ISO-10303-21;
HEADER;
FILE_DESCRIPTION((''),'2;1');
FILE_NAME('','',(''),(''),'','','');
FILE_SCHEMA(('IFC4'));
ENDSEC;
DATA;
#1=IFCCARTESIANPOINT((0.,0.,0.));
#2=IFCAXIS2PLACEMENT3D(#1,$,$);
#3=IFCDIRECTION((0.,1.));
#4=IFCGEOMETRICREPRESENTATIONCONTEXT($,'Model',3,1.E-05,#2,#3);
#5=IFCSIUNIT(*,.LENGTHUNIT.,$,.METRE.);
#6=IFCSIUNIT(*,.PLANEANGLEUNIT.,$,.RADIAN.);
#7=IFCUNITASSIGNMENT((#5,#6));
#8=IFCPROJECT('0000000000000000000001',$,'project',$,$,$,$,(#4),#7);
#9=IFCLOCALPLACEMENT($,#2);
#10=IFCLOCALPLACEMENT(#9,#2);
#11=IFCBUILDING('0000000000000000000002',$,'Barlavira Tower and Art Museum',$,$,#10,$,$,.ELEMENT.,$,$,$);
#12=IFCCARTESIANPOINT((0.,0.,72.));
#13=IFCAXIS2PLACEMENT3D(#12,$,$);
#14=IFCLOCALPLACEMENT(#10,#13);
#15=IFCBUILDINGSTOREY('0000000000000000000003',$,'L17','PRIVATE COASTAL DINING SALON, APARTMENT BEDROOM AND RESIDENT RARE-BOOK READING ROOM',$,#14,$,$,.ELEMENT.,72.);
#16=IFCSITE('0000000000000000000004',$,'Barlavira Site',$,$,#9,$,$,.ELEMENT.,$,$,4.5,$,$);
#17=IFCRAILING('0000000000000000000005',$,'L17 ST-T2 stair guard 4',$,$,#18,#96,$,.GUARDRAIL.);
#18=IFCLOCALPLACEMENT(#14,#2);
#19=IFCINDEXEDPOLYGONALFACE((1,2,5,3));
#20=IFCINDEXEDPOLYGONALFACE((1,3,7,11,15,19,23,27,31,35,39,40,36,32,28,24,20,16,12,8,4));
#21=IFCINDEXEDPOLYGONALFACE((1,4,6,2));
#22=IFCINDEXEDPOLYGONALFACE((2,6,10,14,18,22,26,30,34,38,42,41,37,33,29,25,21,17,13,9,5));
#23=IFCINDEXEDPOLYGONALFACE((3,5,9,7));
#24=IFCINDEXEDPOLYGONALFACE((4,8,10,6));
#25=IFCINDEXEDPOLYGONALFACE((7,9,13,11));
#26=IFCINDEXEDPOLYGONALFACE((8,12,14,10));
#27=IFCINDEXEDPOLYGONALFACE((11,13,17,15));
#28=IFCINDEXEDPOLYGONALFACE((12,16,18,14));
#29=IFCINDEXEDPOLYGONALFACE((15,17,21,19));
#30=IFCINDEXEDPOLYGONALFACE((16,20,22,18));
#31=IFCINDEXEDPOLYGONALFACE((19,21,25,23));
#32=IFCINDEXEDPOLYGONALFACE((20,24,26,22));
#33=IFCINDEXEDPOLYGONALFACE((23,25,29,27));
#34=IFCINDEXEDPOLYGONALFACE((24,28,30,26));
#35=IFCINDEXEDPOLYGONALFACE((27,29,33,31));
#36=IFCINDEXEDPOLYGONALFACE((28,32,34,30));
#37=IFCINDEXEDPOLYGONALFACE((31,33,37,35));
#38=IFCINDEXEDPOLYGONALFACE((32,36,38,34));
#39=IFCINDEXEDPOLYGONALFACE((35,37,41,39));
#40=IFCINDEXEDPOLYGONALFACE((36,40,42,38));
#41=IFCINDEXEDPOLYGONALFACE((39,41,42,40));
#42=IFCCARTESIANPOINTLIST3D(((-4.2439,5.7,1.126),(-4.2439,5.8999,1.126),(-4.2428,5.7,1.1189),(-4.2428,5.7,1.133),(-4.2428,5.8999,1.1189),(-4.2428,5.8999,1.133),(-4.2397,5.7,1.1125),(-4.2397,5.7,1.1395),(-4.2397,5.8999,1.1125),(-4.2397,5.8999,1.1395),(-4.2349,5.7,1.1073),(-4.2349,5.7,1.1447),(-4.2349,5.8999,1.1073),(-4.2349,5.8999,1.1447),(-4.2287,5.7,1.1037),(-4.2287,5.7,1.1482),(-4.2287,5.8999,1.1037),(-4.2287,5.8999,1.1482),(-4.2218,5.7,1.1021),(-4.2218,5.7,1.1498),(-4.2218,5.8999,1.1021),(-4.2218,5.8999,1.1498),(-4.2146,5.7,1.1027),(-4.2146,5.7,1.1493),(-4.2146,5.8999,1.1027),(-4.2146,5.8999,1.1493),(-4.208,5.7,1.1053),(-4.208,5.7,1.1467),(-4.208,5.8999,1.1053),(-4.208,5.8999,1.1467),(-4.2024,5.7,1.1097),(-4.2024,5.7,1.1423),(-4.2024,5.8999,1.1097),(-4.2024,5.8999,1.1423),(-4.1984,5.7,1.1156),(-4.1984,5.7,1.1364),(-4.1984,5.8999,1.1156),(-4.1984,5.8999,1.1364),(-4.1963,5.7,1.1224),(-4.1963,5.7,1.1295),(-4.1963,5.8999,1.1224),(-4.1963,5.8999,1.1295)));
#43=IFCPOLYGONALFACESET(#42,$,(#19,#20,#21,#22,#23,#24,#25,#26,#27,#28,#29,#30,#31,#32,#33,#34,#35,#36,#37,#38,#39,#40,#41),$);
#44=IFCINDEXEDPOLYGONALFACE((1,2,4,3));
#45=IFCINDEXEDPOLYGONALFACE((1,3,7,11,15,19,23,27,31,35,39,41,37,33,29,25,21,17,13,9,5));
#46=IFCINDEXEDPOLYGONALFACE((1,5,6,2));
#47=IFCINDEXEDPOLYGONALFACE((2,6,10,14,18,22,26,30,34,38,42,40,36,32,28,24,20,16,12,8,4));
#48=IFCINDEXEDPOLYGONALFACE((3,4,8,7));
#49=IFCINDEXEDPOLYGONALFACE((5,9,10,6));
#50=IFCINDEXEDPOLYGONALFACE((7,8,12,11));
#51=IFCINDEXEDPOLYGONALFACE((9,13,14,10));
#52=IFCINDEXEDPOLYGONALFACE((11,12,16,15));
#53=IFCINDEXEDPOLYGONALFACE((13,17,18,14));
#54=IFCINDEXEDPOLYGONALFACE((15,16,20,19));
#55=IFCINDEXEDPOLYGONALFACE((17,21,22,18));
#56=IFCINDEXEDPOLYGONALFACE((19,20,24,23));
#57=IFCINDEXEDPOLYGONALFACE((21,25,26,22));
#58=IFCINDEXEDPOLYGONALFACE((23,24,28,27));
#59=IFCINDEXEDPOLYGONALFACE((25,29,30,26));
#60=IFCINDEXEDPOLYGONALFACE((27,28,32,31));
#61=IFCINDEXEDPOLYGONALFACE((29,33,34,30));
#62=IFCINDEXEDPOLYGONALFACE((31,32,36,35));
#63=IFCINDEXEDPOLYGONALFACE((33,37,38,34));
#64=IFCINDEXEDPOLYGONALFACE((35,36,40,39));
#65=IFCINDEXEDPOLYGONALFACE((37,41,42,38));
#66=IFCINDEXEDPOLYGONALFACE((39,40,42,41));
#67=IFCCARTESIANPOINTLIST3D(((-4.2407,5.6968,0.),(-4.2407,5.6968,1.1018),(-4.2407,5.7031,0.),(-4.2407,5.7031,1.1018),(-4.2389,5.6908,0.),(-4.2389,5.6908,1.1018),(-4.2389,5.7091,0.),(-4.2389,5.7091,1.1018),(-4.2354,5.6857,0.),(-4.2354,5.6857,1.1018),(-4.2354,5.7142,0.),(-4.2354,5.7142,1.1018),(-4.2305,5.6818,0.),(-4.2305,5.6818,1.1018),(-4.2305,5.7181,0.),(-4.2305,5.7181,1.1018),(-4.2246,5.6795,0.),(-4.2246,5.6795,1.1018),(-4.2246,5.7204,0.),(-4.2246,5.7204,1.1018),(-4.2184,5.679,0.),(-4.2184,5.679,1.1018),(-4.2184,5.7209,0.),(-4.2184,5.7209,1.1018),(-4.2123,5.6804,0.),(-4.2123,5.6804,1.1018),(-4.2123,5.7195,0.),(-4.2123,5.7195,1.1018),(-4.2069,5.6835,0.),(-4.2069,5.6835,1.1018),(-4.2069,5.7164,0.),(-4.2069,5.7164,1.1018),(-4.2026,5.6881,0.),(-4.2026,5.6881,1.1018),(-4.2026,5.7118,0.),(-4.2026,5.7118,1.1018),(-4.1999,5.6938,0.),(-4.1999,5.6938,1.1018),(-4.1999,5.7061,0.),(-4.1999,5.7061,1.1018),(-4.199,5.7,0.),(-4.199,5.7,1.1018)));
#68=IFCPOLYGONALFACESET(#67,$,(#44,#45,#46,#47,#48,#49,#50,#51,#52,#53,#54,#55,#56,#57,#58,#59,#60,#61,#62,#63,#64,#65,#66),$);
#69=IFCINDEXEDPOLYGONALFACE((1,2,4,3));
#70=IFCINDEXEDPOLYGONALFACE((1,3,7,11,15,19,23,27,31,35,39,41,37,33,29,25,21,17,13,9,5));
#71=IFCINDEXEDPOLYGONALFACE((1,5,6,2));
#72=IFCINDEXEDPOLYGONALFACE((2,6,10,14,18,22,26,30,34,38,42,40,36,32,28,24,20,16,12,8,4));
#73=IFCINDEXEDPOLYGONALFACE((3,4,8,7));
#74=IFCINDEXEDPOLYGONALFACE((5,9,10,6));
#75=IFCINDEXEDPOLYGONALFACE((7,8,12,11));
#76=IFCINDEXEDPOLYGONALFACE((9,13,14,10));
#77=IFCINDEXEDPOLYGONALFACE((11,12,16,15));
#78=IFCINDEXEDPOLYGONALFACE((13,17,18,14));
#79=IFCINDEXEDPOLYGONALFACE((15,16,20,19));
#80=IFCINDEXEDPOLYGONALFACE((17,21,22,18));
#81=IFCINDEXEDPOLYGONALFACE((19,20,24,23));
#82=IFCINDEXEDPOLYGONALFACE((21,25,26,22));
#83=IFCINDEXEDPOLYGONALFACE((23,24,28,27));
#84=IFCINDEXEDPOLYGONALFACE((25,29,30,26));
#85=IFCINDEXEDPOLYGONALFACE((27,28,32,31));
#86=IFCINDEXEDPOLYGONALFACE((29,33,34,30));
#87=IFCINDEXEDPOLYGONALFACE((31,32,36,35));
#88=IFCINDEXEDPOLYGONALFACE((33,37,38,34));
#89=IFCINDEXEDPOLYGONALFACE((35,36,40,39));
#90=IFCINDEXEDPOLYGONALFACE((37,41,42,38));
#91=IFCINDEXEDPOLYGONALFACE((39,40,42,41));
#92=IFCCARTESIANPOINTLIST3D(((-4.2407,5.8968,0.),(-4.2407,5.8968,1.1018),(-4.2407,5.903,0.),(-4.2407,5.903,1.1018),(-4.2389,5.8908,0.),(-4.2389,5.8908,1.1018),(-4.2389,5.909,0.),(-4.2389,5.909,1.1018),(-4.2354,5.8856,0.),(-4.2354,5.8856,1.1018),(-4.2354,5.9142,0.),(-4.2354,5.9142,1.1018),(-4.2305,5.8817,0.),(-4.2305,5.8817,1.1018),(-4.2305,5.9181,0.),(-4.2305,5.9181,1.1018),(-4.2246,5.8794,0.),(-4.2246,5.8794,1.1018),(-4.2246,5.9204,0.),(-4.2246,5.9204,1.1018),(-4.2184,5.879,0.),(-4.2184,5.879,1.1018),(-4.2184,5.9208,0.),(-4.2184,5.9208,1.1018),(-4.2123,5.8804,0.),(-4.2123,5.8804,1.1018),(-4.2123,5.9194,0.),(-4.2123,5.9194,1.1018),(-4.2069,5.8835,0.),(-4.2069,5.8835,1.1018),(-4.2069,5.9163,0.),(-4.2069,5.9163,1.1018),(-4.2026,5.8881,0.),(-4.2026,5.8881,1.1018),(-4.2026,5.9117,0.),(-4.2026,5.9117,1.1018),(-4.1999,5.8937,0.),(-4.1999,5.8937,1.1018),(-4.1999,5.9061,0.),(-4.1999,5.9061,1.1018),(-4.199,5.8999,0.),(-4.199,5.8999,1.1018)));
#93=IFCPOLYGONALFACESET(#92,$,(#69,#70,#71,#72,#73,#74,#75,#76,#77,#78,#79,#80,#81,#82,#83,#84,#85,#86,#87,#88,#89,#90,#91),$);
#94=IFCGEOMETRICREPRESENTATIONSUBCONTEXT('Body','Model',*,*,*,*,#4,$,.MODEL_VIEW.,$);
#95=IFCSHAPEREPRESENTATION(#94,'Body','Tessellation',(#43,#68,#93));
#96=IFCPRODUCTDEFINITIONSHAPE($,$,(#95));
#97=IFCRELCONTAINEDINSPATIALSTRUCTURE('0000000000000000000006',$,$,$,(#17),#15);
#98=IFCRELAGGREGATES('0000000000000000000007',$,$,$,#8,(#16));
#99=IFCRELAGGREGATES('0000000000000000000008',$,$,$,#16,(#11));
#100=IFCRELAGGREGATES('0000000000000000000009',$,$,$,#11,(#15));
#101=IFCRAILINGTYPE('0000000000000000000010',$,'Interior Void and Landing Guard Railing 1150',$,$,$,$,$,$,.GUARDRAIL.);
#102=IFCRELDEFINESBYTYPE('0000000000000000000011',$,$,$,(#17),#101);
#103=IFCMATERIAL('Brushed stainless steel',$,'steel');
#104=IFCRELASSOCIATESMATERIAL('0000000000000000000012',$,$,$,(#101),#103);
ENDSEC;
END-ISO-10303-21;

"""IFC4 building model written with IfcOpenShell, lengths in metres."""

from ifc_helpers import new_model, si_unit, direction, frame, origin, origin_2d, place, context, subcontext, project, spatial, circle, extrude, material, type_object, element, save


model = new_model("IFC4")

# Units and contexts
model_context = context("Model", 3, precision=1e-05, world=origin(), true_north=direction((0.0, 1.0)))
body_context = subcontext(model_context, "Body", "Model", "MODEL_VIEW")
ifc_project = project(units=[si_unit("LENGTHUNIT", "METRE"), si_unit("PLANEANGLEUNIT", "RADIAN")], contexts=[model_context])

# Site, building, storey
site_placement = place(None, origin())
site = spatial("IfcSite", under=ifc_project, at=site_placement, Name="Barlavira Site", CompositionType="ELEMENT", RefElevation=4.5)
building_placement = place(site_placement, origin())
building = spatial("IfcBuilding", under=site, at=building_placement, Name="Barlavira Tower and Art Museum", CompositionType="ELEMENT")
storey_placement = place(building_placement, frame((0.0, 0.0, 72.0)))
storey = spatial("IfcBuildingStorey", under=building, at=storey_placement, Name="L17", Description="PRIVATE COASTAL DINING SALON, APARTMENT BEDROOM AND RESIDENT RARE-BOOK READING ROOM", CompositionType="ELEMENT", Elevation=72.0)

# Shared definitions
ifc_material_1 = material(Name="Brushed stainless steel", Category="steel")

# Railing
railing_type_1 = type_object("IfcRailingType", Name="Interior Void and Landing Guard Railing 1150", PredefinedType="GUARDRAIL", material=ifc_material_1)
railing_1_placement = place(storey_placement, frame((-4.22, 5.7, 0.0)))
element("IfcRailing", 1, at=railing_1_placement, inside=storey, type_object=railing_type_1, Name="L17 ST-T2 stair guard 4", PredefinedType="GUARDRAIL", context=body_context, shape_type="SweptSolid", body=[
    extrude(circle(Radius=0.0239, at=origin_2d()), frame((0.0, 0.0, 1.126), z_axis=(0.0, 1.0, 0.0), x_axis=(-1.0, 0.0, 0.0)), (0.0, 0.0, 1.0), 0.2),
    extrude(circle(Radius=0.021, at=origin_2d()), origin(), (0.0, 0.0, 1.0), 1.1018),
    extrude(circle(Radius=0.021, at=origin_2d()), frame((0.0, 0.2, 0.0)), (0.0, 0.0, 1.0), 1.1018),
])

save(model, "model.ifc")
